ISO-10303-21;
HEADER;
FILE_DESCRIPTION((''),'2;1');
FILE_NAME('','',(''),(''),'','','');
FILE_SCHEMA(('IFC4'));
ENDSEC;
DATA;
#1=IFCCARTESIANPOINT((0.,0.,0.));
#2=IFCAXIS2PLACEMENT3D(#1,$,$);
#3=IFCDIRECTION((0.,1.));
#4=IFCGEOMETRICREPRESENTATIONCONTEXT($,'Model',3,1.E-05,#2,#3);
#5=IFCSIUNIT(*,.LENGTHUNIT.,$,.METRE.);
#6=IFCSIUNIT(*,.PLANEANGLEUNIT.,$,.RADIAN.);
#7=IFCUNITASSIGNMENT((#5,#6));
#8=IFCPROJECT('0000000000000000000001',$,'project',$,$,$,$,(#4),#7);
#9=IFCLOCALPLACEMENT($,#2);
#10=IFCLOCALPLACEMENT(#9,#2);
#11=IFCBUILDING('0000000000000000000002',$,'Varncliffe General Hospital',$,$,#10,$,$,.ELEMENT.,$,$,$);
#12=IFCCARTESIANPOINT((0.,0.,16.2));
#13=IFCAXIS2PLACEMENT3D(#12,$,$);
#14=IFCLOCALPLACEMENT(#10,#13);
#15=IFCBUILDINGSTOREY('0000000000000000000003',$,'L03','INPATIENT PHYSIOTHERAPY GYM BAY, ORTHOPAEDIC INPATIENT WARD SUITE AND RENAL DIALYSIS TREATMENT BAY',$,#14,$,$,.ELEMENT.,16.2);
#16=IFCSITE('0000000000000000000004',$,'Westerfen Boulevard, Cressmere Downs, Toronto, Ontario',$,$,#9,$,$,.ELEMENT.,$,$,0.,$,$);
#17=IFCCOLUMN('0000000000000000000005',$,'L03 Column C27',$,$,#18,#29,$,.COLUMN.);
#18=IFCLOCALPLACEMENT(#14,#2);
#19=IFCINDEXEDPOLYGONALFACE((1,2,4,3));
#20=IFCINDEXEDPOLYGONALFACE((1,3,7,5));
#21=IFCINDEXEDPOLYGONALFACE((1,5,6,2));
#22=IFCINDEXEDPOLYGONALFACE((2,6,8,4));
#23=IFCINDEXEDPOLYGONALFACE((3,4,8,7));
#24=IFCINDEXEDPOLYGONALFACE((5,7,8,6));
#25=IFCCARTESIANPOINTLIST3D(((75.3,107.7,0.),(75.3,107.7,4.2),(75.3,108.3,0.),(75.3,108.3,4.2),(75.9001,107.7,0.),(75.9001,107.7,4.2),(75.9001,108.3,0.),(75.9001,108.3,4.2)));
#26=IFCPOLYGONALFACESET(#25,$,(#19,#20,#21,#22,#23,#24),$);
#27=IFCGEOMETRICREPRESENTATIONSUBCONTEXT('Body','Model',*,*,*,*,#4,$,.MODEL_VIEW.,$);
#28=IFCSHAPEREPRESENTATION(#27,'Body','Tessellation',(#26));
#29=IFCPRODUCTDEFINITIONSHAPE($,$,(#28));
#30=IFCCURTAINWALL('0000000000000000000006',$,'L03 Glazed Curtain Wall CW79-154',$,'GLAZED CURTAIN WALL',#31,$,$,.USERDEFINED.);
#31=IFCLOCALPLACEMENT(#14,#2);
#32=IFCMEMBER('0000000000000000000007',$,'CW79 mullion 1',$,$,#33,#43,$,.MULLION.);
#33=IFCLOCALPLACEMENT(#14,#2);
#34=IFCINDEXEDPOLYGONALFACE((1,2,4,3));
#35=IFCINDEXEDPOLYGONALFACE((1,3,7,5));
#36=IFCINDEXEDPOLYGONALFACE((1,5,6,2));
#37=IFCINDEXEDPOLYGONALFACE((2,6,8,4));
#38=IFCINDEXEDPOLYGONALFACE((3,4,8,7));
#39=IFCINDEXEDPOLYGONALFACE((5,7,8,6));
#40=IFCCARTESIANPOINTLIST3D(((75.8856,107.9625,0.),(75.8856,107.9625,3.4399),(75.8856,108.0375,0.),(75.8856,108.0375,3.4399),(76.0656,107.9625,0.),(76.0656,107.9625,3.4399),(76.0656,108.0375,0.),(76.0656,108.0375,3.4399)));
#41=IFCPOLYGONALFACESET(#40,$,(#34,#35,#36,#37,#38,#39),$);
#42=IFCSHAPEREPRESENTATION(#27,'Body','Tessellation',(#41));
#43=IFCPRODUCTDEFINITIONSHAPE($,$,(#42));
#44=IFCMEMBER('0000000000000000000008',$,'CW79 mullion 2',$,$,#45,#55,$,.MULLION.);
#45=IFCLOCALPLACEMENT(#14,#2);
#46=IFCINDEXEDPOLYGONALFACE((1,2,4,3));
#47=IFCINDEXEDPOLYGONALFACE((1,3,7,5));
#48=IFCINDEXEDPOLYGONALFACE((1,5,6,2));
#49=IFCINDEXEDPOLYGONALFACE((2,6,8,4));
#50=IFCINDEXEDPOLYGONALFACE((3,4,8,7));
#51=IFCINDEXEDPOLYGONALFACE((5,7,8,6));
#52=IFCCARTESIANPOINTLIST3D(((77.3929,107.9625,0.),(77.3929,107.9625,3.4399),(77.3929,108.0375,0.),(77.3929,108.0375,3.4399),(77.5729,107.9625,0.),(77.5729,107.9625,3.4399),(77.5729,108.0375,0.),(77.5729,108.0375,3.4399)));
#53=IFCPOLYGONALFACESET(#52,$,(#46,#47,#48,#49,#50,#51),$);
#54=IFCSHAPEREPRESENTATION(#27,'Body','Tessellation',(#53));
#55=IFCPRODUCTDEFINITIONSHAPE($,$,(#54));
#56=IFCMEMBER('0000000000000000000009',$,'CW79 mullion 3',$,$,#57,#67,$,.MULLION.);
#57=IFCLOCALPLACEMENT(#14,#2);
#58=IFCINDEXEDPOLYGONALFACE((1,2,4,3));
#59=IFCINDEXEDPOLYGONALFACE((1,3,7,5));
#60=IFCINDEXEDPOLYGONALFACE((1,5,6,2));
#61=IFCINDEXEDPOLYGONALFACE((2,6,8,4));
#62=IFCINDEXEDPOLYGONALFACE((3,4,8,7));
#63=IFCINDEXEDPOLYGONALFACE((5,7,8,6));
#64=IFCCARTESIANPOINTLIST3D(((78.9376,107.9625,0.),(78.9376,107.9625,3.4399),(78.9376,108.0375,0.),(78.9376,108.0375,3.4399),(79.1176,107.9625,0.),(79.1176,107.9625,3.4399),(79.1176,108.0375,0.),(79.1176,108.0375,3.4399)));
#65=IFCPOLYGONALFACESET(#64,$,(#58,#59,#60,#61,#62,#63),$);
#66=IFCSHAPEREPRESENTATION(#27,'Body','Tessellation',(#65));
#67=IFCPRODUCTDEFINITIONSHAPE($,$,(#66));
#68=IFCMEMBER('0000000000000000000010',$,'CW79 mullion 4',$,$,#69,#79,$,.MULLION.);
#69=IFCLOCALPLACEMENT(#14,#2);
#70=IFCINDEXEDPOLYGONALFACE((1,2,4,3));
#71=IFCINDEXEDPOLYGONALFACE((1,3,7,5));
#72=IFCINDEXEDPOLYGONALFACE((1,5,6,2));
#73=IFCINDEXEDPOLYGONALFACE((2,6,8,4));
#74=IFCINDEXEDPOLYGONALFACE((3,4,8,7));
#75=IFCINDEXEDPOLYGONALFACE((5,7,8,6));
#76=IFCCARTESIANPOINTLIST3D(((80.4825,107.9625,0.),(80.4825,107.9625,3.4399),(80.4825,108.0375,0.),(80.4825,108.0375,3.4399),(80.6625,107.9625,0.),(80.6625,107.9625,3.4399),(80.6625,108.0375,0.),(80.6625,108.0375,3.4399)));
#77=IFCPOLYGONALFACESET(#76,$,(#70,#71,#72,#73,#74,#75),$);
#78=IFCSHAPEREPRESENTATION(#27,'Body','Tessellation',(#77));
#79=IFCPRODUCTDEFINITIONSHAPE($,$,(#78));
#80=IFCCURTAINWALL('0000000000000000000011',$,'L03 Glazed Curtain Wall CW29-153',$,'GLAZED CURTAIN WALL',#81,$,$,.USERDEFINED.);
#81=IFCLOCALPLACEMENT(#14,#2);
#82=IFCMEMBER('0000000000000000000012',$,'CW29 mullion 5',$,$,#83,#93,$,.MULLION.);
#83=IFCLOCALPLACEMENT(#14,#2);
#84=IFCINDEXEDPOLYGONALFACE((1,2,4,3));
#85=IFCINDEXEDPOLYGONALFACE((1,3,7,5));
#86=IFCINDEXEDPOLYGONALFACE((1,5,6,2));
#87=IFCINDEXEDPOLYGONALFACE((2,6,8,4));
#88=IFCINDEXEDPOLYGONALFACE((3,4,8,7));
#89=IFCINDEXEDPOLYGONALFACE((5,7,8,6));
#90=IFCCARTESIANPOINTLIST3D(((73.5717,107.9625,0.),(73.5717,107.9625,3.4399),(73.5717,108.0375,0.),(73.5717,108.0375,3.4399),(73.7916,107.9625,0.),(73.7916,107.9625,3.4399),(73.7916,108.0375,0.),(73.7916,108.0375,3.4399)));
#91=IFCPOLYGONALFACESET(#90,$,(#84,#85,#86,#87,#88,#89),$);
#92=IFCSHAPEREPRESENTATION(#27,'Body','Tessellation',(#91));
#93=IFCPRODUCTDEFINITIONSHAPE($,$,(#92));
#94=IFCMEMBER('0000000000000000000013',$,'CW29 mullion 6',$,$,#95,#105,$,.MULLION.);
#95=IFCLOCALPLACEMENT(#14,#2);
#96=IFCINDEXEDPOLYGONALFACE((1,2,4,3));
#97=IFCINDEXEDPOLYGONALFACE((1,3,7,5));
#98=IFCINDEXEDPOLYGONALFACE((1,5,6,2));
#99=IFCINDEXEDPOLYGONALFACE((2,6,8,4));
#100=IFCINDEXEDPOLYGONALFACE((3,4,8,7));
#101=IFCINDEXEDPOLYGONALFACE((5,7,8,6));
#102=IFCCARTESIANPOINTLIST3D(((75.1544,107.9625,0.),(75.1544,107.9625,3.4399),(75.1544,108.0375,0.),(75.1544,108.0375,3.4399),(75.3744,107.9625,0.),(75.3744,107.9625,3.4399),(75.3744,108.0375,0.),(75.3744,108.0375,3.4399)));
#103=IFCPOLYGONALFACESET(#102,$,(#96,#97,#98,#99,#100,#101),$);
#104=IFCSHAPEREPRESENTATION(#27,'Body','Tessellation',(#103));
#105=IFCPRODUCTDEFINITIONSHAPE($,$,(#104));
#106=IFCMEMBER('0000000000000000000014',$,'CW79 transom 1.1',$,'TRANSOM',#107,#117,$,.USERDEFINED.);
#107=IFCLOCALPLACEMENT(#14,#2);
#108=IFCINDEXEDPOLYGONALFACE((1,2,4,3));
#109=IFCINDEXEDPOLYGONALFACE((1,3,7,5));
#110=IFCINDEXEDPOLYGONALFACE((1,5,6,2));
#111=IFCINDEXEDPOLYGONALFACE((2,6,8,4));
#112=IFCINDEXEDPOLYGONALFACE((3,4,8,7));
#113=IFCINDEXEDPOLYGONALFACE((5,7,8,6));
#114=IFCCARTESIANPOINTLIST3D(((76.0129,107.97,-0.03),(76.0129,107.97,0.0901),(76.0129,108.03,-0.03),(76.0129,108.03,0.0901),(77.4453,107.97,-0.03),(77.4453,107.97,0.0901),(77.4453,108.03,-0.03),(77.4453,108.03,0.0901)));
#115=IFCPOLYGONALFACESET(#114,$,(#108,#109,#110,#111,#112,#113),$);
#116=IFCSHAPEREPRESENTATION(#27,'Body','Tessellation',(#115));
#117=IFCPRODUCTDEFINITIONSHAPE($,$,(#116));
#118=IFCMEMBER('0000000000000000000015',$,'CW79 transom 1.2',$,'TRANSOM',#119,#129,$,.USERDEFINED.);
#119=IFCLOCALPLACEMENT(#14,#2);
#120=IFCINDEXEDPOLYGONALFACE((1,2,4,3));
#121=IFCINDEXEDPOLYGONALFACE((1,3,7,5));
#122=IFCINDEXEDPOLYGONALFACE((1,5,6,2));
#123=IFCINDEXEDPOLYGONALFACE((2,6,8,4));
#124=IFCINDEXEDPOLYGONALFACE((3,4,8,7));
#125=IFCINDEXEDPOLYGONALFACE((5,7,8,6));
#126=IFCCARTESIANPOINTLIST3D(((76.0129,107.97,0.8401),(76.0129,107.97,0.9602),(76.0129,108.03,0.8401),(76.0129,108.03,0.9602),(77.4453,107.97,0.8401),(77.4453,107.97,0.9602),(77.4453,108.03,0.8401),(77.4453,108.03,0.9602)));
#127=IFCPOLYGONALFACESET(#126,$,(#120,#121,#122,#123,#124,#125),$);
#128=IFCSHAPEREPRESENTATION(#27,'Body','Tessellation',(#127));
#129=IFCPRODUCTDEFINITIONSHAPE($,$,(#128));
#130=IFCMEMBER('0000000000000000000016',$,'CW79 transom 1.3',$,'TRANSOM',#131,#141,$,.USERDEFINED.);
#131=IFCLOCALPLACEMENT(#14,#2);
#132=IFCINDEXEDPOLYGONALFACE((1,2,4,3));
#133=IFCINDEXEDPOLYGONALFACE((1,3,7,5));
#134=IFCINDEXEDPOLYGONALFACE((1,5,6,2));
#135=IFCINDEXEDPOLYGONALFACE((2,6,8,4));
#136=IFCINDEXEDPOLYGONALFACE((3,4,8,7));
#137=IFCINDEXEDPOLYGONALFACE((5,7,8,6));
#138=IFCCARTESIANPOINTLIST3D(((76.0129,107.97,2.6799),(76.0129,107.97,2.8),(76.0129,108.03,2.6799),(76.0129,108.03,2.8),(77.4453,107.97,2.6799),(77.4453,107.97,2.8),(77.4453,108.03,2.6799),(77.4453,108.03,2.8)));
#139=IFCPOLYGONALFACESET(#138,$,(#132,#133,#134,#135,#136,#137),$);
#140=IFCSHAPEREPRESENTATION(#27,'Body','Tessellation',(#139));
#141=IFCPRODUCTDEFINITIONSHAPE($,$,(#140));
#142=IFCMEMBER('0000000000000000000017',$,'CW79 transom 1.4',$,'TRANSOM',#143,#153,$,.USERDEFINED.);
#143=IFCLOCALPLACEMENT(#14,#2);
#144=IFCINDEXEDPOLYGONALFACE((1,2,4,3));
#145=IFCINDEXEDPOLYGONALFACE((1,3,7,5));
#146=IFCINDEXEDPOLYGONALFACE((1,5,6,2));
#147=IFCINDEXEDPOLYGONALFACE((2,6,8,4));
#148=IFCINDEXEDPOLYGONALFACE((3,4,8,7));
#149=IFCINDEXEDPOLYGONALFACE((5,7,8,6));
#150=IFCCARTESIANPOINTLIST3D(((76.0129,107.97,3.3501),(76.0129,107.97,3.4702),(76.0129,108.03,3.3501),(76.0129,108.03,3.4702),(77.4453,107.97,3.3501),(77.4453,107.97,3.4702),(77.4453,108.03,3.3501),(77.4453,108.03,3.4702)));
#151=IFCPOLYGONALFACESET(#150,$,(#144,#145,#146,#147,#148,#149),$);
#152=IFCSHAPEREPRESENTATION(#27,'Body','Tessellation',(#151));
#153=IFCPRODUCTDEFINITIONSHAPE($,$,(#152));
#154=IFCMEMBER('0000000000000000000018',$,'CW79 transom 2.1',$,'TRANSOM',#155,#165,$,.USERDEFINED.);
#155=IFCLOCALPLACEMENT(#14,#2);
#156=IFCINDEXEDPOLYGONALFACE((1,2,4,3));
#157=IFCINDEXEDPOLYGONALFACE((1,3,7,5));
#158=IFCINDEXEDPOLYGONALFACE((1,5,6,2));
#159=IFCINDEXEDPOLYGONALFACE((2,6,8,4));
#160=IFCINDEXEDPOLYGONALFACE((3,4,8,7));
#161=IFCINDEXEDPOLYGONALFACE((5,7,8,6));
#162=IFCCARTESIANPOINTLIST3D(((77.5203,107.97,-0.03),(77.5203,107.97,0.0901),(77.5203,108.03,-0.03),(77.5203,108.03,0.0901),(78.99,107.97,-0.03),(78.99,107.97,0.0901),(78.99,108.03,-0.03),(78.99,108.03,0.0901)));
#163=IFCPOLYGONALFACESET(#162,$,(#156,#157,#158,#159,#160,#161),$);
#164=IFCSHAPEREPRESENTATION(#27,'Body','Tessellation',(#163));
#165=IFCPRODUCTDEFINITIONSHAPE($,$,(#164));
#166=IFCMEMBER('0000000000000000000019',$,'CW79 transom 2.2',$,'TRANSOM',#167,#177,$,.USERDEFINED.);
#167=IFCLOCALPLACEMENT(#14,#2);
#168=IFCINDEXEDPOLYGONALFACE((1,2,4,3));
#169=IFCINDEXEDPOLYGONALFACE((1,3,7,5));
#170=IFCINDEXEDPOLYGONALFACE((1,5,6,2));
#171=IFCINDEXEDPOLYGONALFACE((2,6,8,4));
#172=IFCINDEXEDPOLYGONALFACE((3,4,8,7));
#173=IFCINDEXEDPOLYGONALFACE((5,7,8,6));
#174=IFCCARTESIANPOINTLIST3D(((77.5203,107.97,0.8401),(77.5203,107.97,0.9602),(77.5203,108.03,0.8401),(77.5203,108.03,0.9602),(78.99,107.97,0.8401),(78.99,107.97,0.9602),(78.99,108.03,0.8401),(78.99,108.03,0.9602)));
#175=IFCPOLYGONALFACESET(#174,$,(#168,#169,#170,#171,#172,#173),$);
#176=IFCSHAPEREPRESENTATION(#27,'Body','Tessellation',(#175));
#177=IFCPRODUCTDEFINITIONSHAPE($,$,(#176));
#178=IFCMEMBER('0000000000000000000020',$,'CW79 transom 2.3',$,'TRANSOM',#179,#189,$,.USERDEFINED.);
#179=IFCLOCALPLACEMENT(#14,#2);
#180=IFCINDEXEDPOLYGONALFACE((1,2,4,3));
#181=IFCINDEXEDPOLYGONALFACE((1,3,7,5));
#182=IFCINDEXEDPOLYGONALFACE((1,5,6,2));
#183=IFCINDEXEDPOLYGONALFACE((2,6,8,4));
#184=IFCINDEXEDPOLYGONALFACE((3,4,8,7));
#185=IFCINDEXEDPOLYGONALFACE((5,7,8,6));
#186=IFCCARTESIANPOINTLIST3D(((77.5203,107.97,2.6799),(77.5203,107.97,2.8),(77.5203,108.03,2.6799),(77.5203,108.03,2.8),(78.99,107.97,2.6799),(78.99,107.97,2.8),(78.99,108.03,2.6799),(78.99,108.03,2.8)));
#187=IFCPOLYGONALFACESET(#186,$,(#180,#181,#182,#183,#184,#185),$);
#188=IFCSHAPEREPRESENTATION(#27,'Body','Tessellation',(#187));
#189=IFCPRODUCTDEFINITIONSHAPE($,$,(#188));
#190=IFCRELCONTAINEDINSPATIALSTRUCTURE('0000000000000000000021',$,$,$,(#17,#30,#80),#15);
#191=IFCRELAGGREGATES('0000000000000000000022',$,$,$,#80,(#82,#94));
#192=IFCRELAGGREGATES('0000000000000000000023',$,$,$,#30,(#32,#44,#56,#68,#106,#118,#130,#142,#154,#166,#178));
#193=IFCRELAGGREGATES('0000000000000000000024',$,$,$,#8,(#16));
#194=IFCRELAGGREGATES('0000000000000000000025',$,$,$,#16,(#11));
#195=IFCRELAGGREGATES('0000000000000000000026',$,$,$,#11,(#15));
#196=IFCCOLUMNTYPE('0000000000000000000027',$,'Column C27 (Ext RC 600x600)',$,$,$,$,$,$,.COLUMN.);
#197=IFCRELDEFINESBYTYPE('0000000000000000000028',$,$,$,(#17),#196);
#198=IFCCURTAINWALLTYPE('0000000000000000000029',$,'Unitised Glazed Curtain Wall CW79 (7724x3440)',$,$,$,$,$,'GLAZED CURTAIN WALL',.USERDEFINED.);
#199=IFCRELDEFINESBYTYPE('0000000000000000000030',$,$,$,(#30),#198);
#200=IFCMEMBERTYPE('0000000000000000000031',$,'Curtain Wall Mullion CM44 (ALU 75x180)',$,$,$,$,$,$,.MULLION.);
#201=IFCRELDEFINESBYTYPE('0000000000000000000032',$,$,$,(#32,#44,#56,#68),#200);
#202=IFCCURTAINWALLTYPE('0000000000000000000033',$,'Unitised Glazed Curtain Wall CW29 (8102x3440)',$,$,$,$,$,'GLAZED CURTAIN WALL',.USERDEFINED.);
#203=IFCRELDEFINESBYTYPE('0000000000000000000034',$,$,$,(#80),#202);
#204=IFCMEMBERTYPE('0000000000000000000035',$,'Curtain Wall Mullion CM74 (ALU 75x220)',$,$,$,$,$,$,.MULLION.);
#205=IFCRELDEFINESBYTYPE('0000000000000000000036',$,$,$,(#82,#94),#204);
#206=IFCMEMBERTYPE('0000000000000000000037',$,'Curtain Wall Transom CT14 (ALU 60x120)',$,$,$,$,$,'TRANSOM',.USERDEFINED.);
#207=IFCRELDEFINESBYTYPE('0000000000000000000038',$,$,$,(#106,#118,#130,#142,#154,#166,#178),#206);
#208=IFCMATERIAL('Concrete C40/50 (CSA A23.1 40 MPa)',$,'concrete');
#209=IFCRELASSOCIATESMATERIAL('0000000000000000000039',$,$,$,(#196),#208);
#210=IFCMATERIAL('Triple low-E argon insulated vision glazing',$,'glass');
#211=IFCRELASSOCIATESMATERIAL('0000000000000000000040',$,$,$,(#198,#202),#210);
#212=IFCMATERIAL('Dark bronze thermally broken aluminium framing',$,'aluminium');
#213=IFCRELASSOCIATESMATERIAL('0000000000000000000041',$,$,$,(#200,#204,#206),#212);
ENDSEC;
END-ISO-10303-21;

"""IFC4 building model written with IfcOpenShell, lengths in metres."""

from ifc_helpers import new_model, si_unit, direction, frame, origin, origin_2d, place, context, subcontext, project, spatial, rectangle, extrude, material, material_profile, profile_set, type_object, element, aggregate, save


model = new_model("IFC4")

# Units and contexts
model_context = context("Model", 3, precision=1e-05, world=origin(), true_north=direction((0.0, 1.0)))
body_context = subcontext(model_context, "Body", "Model", "MODEL_VIEW")
ifc_project = project(units=[si_unit("LENGTHUNIT", "METRE"), si_unit("PLANEANGLEUNIT", "RADIAN")], contexts=[model_context])

# Site, building, storey
site_placement = place(None, origin())
site = spatial("IfcSite", under=ifc_project, at=site_placement, Name="Westerfen Boulevard, Cressmere Downs, Toronto, Ontario", CompositionType="ELEMENT", RefElevation=0.0)
building_placement = place(site_placement, origin())
building = spatial("IfcBuilding", under=site, at=building_placement, Name="Varncliffe General Hospital", CompositionType="ELEMENT")
storey_placement = place(building_placement, frame((0.0, 0.0, 16.2)))
storey = spatial("IfcBuildingStorey", under=building, at=storey_placement, Name="L03", Description="INPATIENT PHYSIOTHERAPY GYM BAY, ORTHOPAEDIC INPATIENT WARD SUITE AND RENAL DIALYSIS TREATMENT BAY", CompositionType="ELEMENT", Elevation=16.2)

# Column
ifc_material_1 = material(Name="Concrete C40/50 (CSA A23.1 40 MPa)", Category="concrete")
ifc_material_profile_1 = material_profile(ifc_material_1, rectangle(XDim=0.6001, YDim=0.6001, at=origin_2d()), Name="RC 600x600")
ifc_profile_set_1 = profile_set([ifc_material_profile_1], Name="Concrete C40/50 (CSA A23.1 40 MPa)")
column_type = type_object("IfcColumnType", Name="Column C27 (Ext RC 600x600)", PredefinedType="COLUMN", material=ifc_profile_set_1)
column_placement = place(storey_placement, frame((75.6001, 108.0, 0.0), z_axis=(0.0, 0.0, 1.0), x_axis=(1.0, 0.0, 0.0)))
element("IfcColumn", 1, at=column_placement, inside=storey, type_object=column_type, Name="L03 Column C27", PredefinedType="COLUMN", context=body_context, shape_type="SweptSolid", body=[
    extrude(rectangle(XDim=0.6001, YDim=0.6001, at=origin_2d()), origin(), (0.0, 0.0, 1.0), 4.2),
])

# Curtain walls, members
ifc_material_2 = material(Name="Triple low-E argon insulated vision glazing", Category="glass")
curtain_wall_type_1 = type_object("IfcCurtainWallType", Name="Unitised Glazed Curtain Wall CW79 (7724x3440)", ElementType="GLAZED CURTAIN WALL", PredefinedType="USERDEFINED", material=ifc_material_2)
curtain_wall_1_placement = place(storey_placement, origin())
curtain_wall_1 = element("IfcCurtainWall", 2, at=curtain_wall_1_placement, inside=storey, type_object=curtain_wall_type_1, Name="L03 Glazed Curtain Wall CW79-154", ObjectType="GLAZED CURTAIN WALL", PredefinedType="USERDEFINED")
ifc_material_3 = material(Name="Dark bronze thermally broken aluminium framing", Category="aluminium")
ifc_material_profile_2 = material_profile(ifc_material_3, rectangle(XDim=0.075, YDim=0.1799, at=origin_2d()), Name="ALU 75x180")
ifc_profile_set_2 = profile_set([ifc_material_profile_2], Name="Dark bronze thermally broken aluminium framing")
member_type_1 = type_object("IfcMemberType", Name="Curtain Wall Mullion CM44 (ALU 75x180)", PredefinedType="MULLION", material=ifc_profile_set_2)
member_1_placement = place(storey_placement, frame((75.9756, 108.0, 0.0), z_axis=(0.0, 0.0, 1.0), x_axis=(0.0, 1.0, 0.0)))
member_1 = element("IfcMember", 3, at=member_1_placement, type_object=member_type_1, Name="CW79 mullion 1", PredefinedType="MULLION", context=body_context, shape_type="SweptSolid", body=[
    extrude(rectangle(XDim=0.075, YDim=0.1799, at=origin_2d()), origin(), (0.0, 0.0, 1.0), 3.4399),
])
member_2_placement = place(storey_placement, frame((77.4829, 108.0, 0.0), z_axis=(0.0, 0.0, 1.0), x_axis=(0.0, 1.0, 0.0)))
member_2 = element("IfcMember", 4, at=member_2_placement, type_object=member_type_1, Name="CW79 mullion 2", PredefinedType="MULLION", context=body_context, shape_type="SweptSolid", body=[
    extrude(rectangle(XDim=0.075, YDim=0.1799, at=origin_2d()), origin(), (0.0, 0.0, 1.0), 3.4399),
])
member_3_placement = place(storey_placement, frame((79.0276, 108.0, 0.0), z_axis=(0.0, 0.0, 1.0), x_axis=(0.0, 1.0, 0.0)))
member_3 = element("IfcMember", 5, at=member_3_placement, type_object=member_type_1, Name="CW79 mullion 3", PredefinedType="MULLION", context=body_context, shape_type="SweptSolid", body=[
    extrude(rectangle(XDim=0.075, YDim=0.1799, at=origin_2d()), origin(), (0.0, 0.0, 1.0), 3.4399),
])
member_4_placement = place(storey_placement, frame((80.5725, 108.0, 0.0), z_axis=(0.0, 0.0, 1.0), x_axis=(0.0, 1.0, 0.0)))
member_4 = element("IfcMember", 6, at=member_4_placement, type_object=member_type_1, Name="CW79 mullion 4", PredefinedType="MULLION", context=body_context, shape_type="SweptSolid", body=[
    extrude(rectangle(XDim=0.075, YDim=0.1799, at=origin_2d()), origin(), (0.0, 0.0, 1.0), 3.4399),
])
curtain_wall_type_2 = type_object("IfcCurtainWallType", Name="Unitised Glazed Curtain Wall CW29 (8102x3440)", ElementType="GLAZED CURTAIN WALL", PredefinedType="USERDEFINED", material=ifc_material_2)
curtain_wall_2_placement = place(storey_placement, origin())
curtain_wall_2 = element("IfcCurtainWall", 7, at=curtain_wall_2_placement, inside=storey, type_object=curtain_wall_type_2, Name="L03 Glazed Curtain Wall CW29-153", ObjectType="GLAZED CURTAIN WALL", PredefinedType="USERDEFINED")
ifc_material_profile_3 = material_profile(ifc_material_3, rectangle(XDim=0.075, YDim=0.22, at=origin_2d()), Name="ALU 75x220")
ifc_profile_set_3 = profile_set([ifc_material_profile_3], Name="Dark bronze thermally broken aluminium framing")
member_type_2 = type_object("IfcMemberType", Name="Curtain Wall Mullion CM74 (ALU 75x220)", PredefinedType="MULLION", material=ifc_profile_set_3)
member_5_placement = place(storey_placement, frame((73.6816, 108.0, 0.0), z_axis=(0.0, 0.0, 1.0), x_axis=(0.0, 1.0, 0.0)))
member_5 = element("IfcMember", 8, at=member_5_placement, type_object=member_type_2, Name="CW29 mullion 5", PredefinedType="MULLION", context=body_context, shape_type="SweptSolid", body=[
    extrude(rectangle(XDim=0.075, YDim=0.22, at=origin_2d()), origin(), (0.0, 0.0, 1.0), 3.4399),
])
member_6_placement = place(storey_placement, frame((75.2644, 108.0, 0.0), z_axis=(0.0, 0.0, 1.0), x_axis=(0.0, 1.0, 0.0)))
member_6 = element("IfcMember", 9, at=member_6_placement, type_object=member_type_2, Name="CW29 mullion 6", PredefinedType="MULLION", context=body_context, shape_type="SweptSolid", body=[
    extrude(rectangle(XDim=0.075, YDim=0.22, at=origin_2d()), origin(), (0.0, 0.0, 1.0), 3.4399),
])

# Members
ifc_material_profile_4 = material_profile(ifc_material_3, rectangle(XDim=0.0601, YDim=0.1201, at=origin_2d()), Name="ALU 60x120")
ifc_profile_set_4 = profile_set([ifc_material_profile_4], Name="Dark bronze thermally broken aluminium framing")
member_type_3 = type_object("IfcMemberType", Name="Curtain Wall Transom CT14 (ALU 60x120)", ElementType="TRANSOM", PredefinedType="USERDEFINED", material=ifc_profile_set_4)
member_7_placement = place(storey_placement, frame((76.0129, 108.0, 0.03), z_axis=(1.0, 0.0, 0.0), x_axis=(0.0, 1.0, 0.0)))
member_7 = element("IfcMember", 10, at=member_7_placement, type_object=member_type_3, Name="CW79 transom 1.1", ObjectType="TRANSOM", PredefinedType="USERDEFINED", context=body_context, shape_type="SweptSolid", body=[
    extrude(rectangle(XDim=0.0601, YDim=0.1201, at=origin_2d()), origin(), (0.0, 0.0, 1.0), 1.4324),
])
member_8_placement = place(storey_placement, frame((76.0129, 108.0, 0.9001), z_axis=(1.0, 0.0, 0.0), x_axis=(0.0, 1.0, 0.0)))
member_8 = element("IfcMember", 11, at=member_8_placement, type_object=member_type_3, Name="CW79 transom 1.2", ObjectType="TRANSOM", PredefinedType="USERDEFINED", context=body_context, shape_type="SweptSolid", body=[
    extrude(rectangle(XDim=0.0601, YDim=0.1201, at=origin_2d()), origin(), (0.0, 0.0, 1.0), 1.4324),
])
member_9_placement = place(storey_placement, frame((76.0129, 108.0, 2.74), z_axis=(1.0, 0.0, 0.0), x_axis=(0.0, 1.0, 0.0)))
member_9 = element("IfcMember", 12, at=member_9_placement, type_object=member_type_3, Name="CW79 transom 1.3", ObjectType="TRANSOM", PredefinedType="USERDEFINED", context=body_context, shape_type="SweptSolid", body=[
    extrude(rectangle(XDim=0.0601, YDim=0.1201, at=origin_2d()), origin(), (0.0, 0.0, 1.0), 1.4324),
])
member_10_placement = place(storey_placement, frame((76.0129, 108.0, 3.4102), z_axis=(1.0, 0.0, 0.0), x_axis=(0.0, 1.0, 0.0)))
member_10 = element("IfcMember", 13, at=member_10_placement, type_object=member_type_3, Name="CW79 transom 1.4", ObjectType="TRANSOM", PredefinedType="USERDEFINED", context=body_context, shape_type="SweptSolid", body=[
    extrude(rectangle(XDim=0.0601, YDim=0.1201, at=origin_2d()), origin(), (0.0, 0.0, 1.0), 1.4324),
])
member_11_placement = place(storey_placement, frame((77.5203, 108.0, 0.03), z_axis=(1.0, 0.0, 0.0), x_axis=(0.0, 1.0, 0.0)))
member_11 = element("IfcMember", 14, at=member_11_placement, type_object=member_type_3, Name="CW79 transom 2.1", ObjectType="TRANSOM", PredefinedType="USERDEFINED", context=body_context, shape_type="SweptSolid", body=[
    extrude(rectangle(XDim=0.0601, YDim=0.1201, at=origin_2d()), origin(), (0.0, 0.0, 1.0), 1.4697),
])
member_12_placement = place(storey_placement, frame((77.5203, 108.0, 0.9001), z_axis=(1.0, 0.0, 0.0), x_axis=(0.0, 1.0, 0.0)))
member_12 = element("IfcMember", 15, at=member_12_placement, type_object=member_type_3, Name="CW79 transom 2.2", ObjectType="TRANSOM", PredefinedType="USERDEFINED", context=body_context, shape_type="SweptSolid", body=[
    extrude(rectangle(XDim=0.0601, YDim=0.1201, at=origin_2d()), origin(), (0.0, 0.0, 1.0), 1.4697),
])
member_13_placement = place(storey_placement, frame((77.5203, 108.0, 2.74), z_axis=(1.0, 0.0, 0.0), x_axis=(0.0, 1.0, 0.0)))
member_13 = element("IfcMember", 16, at=member_13_placement, type_object=member_type_3, Name="CW79 transom 2.3", ObjectType="TRANSOM", PredefinedType="USERDEFINED", context=body_context, shape_type="SweptSolid", body=[
    extrude(rectangle(XDim=0.0601, YDim=0.1201, at=origin_2d()), origin(), (0.0, 0.0, 1.0), 1.4697),
])

aggregate(curtain_wall_2, [member_5, member_6])
aggregate(curtain_wall_1, [member_1, member_2, member_3, member_4, member_7, member_8, member_9, member_10, member_11, member_12, member_13])

save(model, "model.ifc")
